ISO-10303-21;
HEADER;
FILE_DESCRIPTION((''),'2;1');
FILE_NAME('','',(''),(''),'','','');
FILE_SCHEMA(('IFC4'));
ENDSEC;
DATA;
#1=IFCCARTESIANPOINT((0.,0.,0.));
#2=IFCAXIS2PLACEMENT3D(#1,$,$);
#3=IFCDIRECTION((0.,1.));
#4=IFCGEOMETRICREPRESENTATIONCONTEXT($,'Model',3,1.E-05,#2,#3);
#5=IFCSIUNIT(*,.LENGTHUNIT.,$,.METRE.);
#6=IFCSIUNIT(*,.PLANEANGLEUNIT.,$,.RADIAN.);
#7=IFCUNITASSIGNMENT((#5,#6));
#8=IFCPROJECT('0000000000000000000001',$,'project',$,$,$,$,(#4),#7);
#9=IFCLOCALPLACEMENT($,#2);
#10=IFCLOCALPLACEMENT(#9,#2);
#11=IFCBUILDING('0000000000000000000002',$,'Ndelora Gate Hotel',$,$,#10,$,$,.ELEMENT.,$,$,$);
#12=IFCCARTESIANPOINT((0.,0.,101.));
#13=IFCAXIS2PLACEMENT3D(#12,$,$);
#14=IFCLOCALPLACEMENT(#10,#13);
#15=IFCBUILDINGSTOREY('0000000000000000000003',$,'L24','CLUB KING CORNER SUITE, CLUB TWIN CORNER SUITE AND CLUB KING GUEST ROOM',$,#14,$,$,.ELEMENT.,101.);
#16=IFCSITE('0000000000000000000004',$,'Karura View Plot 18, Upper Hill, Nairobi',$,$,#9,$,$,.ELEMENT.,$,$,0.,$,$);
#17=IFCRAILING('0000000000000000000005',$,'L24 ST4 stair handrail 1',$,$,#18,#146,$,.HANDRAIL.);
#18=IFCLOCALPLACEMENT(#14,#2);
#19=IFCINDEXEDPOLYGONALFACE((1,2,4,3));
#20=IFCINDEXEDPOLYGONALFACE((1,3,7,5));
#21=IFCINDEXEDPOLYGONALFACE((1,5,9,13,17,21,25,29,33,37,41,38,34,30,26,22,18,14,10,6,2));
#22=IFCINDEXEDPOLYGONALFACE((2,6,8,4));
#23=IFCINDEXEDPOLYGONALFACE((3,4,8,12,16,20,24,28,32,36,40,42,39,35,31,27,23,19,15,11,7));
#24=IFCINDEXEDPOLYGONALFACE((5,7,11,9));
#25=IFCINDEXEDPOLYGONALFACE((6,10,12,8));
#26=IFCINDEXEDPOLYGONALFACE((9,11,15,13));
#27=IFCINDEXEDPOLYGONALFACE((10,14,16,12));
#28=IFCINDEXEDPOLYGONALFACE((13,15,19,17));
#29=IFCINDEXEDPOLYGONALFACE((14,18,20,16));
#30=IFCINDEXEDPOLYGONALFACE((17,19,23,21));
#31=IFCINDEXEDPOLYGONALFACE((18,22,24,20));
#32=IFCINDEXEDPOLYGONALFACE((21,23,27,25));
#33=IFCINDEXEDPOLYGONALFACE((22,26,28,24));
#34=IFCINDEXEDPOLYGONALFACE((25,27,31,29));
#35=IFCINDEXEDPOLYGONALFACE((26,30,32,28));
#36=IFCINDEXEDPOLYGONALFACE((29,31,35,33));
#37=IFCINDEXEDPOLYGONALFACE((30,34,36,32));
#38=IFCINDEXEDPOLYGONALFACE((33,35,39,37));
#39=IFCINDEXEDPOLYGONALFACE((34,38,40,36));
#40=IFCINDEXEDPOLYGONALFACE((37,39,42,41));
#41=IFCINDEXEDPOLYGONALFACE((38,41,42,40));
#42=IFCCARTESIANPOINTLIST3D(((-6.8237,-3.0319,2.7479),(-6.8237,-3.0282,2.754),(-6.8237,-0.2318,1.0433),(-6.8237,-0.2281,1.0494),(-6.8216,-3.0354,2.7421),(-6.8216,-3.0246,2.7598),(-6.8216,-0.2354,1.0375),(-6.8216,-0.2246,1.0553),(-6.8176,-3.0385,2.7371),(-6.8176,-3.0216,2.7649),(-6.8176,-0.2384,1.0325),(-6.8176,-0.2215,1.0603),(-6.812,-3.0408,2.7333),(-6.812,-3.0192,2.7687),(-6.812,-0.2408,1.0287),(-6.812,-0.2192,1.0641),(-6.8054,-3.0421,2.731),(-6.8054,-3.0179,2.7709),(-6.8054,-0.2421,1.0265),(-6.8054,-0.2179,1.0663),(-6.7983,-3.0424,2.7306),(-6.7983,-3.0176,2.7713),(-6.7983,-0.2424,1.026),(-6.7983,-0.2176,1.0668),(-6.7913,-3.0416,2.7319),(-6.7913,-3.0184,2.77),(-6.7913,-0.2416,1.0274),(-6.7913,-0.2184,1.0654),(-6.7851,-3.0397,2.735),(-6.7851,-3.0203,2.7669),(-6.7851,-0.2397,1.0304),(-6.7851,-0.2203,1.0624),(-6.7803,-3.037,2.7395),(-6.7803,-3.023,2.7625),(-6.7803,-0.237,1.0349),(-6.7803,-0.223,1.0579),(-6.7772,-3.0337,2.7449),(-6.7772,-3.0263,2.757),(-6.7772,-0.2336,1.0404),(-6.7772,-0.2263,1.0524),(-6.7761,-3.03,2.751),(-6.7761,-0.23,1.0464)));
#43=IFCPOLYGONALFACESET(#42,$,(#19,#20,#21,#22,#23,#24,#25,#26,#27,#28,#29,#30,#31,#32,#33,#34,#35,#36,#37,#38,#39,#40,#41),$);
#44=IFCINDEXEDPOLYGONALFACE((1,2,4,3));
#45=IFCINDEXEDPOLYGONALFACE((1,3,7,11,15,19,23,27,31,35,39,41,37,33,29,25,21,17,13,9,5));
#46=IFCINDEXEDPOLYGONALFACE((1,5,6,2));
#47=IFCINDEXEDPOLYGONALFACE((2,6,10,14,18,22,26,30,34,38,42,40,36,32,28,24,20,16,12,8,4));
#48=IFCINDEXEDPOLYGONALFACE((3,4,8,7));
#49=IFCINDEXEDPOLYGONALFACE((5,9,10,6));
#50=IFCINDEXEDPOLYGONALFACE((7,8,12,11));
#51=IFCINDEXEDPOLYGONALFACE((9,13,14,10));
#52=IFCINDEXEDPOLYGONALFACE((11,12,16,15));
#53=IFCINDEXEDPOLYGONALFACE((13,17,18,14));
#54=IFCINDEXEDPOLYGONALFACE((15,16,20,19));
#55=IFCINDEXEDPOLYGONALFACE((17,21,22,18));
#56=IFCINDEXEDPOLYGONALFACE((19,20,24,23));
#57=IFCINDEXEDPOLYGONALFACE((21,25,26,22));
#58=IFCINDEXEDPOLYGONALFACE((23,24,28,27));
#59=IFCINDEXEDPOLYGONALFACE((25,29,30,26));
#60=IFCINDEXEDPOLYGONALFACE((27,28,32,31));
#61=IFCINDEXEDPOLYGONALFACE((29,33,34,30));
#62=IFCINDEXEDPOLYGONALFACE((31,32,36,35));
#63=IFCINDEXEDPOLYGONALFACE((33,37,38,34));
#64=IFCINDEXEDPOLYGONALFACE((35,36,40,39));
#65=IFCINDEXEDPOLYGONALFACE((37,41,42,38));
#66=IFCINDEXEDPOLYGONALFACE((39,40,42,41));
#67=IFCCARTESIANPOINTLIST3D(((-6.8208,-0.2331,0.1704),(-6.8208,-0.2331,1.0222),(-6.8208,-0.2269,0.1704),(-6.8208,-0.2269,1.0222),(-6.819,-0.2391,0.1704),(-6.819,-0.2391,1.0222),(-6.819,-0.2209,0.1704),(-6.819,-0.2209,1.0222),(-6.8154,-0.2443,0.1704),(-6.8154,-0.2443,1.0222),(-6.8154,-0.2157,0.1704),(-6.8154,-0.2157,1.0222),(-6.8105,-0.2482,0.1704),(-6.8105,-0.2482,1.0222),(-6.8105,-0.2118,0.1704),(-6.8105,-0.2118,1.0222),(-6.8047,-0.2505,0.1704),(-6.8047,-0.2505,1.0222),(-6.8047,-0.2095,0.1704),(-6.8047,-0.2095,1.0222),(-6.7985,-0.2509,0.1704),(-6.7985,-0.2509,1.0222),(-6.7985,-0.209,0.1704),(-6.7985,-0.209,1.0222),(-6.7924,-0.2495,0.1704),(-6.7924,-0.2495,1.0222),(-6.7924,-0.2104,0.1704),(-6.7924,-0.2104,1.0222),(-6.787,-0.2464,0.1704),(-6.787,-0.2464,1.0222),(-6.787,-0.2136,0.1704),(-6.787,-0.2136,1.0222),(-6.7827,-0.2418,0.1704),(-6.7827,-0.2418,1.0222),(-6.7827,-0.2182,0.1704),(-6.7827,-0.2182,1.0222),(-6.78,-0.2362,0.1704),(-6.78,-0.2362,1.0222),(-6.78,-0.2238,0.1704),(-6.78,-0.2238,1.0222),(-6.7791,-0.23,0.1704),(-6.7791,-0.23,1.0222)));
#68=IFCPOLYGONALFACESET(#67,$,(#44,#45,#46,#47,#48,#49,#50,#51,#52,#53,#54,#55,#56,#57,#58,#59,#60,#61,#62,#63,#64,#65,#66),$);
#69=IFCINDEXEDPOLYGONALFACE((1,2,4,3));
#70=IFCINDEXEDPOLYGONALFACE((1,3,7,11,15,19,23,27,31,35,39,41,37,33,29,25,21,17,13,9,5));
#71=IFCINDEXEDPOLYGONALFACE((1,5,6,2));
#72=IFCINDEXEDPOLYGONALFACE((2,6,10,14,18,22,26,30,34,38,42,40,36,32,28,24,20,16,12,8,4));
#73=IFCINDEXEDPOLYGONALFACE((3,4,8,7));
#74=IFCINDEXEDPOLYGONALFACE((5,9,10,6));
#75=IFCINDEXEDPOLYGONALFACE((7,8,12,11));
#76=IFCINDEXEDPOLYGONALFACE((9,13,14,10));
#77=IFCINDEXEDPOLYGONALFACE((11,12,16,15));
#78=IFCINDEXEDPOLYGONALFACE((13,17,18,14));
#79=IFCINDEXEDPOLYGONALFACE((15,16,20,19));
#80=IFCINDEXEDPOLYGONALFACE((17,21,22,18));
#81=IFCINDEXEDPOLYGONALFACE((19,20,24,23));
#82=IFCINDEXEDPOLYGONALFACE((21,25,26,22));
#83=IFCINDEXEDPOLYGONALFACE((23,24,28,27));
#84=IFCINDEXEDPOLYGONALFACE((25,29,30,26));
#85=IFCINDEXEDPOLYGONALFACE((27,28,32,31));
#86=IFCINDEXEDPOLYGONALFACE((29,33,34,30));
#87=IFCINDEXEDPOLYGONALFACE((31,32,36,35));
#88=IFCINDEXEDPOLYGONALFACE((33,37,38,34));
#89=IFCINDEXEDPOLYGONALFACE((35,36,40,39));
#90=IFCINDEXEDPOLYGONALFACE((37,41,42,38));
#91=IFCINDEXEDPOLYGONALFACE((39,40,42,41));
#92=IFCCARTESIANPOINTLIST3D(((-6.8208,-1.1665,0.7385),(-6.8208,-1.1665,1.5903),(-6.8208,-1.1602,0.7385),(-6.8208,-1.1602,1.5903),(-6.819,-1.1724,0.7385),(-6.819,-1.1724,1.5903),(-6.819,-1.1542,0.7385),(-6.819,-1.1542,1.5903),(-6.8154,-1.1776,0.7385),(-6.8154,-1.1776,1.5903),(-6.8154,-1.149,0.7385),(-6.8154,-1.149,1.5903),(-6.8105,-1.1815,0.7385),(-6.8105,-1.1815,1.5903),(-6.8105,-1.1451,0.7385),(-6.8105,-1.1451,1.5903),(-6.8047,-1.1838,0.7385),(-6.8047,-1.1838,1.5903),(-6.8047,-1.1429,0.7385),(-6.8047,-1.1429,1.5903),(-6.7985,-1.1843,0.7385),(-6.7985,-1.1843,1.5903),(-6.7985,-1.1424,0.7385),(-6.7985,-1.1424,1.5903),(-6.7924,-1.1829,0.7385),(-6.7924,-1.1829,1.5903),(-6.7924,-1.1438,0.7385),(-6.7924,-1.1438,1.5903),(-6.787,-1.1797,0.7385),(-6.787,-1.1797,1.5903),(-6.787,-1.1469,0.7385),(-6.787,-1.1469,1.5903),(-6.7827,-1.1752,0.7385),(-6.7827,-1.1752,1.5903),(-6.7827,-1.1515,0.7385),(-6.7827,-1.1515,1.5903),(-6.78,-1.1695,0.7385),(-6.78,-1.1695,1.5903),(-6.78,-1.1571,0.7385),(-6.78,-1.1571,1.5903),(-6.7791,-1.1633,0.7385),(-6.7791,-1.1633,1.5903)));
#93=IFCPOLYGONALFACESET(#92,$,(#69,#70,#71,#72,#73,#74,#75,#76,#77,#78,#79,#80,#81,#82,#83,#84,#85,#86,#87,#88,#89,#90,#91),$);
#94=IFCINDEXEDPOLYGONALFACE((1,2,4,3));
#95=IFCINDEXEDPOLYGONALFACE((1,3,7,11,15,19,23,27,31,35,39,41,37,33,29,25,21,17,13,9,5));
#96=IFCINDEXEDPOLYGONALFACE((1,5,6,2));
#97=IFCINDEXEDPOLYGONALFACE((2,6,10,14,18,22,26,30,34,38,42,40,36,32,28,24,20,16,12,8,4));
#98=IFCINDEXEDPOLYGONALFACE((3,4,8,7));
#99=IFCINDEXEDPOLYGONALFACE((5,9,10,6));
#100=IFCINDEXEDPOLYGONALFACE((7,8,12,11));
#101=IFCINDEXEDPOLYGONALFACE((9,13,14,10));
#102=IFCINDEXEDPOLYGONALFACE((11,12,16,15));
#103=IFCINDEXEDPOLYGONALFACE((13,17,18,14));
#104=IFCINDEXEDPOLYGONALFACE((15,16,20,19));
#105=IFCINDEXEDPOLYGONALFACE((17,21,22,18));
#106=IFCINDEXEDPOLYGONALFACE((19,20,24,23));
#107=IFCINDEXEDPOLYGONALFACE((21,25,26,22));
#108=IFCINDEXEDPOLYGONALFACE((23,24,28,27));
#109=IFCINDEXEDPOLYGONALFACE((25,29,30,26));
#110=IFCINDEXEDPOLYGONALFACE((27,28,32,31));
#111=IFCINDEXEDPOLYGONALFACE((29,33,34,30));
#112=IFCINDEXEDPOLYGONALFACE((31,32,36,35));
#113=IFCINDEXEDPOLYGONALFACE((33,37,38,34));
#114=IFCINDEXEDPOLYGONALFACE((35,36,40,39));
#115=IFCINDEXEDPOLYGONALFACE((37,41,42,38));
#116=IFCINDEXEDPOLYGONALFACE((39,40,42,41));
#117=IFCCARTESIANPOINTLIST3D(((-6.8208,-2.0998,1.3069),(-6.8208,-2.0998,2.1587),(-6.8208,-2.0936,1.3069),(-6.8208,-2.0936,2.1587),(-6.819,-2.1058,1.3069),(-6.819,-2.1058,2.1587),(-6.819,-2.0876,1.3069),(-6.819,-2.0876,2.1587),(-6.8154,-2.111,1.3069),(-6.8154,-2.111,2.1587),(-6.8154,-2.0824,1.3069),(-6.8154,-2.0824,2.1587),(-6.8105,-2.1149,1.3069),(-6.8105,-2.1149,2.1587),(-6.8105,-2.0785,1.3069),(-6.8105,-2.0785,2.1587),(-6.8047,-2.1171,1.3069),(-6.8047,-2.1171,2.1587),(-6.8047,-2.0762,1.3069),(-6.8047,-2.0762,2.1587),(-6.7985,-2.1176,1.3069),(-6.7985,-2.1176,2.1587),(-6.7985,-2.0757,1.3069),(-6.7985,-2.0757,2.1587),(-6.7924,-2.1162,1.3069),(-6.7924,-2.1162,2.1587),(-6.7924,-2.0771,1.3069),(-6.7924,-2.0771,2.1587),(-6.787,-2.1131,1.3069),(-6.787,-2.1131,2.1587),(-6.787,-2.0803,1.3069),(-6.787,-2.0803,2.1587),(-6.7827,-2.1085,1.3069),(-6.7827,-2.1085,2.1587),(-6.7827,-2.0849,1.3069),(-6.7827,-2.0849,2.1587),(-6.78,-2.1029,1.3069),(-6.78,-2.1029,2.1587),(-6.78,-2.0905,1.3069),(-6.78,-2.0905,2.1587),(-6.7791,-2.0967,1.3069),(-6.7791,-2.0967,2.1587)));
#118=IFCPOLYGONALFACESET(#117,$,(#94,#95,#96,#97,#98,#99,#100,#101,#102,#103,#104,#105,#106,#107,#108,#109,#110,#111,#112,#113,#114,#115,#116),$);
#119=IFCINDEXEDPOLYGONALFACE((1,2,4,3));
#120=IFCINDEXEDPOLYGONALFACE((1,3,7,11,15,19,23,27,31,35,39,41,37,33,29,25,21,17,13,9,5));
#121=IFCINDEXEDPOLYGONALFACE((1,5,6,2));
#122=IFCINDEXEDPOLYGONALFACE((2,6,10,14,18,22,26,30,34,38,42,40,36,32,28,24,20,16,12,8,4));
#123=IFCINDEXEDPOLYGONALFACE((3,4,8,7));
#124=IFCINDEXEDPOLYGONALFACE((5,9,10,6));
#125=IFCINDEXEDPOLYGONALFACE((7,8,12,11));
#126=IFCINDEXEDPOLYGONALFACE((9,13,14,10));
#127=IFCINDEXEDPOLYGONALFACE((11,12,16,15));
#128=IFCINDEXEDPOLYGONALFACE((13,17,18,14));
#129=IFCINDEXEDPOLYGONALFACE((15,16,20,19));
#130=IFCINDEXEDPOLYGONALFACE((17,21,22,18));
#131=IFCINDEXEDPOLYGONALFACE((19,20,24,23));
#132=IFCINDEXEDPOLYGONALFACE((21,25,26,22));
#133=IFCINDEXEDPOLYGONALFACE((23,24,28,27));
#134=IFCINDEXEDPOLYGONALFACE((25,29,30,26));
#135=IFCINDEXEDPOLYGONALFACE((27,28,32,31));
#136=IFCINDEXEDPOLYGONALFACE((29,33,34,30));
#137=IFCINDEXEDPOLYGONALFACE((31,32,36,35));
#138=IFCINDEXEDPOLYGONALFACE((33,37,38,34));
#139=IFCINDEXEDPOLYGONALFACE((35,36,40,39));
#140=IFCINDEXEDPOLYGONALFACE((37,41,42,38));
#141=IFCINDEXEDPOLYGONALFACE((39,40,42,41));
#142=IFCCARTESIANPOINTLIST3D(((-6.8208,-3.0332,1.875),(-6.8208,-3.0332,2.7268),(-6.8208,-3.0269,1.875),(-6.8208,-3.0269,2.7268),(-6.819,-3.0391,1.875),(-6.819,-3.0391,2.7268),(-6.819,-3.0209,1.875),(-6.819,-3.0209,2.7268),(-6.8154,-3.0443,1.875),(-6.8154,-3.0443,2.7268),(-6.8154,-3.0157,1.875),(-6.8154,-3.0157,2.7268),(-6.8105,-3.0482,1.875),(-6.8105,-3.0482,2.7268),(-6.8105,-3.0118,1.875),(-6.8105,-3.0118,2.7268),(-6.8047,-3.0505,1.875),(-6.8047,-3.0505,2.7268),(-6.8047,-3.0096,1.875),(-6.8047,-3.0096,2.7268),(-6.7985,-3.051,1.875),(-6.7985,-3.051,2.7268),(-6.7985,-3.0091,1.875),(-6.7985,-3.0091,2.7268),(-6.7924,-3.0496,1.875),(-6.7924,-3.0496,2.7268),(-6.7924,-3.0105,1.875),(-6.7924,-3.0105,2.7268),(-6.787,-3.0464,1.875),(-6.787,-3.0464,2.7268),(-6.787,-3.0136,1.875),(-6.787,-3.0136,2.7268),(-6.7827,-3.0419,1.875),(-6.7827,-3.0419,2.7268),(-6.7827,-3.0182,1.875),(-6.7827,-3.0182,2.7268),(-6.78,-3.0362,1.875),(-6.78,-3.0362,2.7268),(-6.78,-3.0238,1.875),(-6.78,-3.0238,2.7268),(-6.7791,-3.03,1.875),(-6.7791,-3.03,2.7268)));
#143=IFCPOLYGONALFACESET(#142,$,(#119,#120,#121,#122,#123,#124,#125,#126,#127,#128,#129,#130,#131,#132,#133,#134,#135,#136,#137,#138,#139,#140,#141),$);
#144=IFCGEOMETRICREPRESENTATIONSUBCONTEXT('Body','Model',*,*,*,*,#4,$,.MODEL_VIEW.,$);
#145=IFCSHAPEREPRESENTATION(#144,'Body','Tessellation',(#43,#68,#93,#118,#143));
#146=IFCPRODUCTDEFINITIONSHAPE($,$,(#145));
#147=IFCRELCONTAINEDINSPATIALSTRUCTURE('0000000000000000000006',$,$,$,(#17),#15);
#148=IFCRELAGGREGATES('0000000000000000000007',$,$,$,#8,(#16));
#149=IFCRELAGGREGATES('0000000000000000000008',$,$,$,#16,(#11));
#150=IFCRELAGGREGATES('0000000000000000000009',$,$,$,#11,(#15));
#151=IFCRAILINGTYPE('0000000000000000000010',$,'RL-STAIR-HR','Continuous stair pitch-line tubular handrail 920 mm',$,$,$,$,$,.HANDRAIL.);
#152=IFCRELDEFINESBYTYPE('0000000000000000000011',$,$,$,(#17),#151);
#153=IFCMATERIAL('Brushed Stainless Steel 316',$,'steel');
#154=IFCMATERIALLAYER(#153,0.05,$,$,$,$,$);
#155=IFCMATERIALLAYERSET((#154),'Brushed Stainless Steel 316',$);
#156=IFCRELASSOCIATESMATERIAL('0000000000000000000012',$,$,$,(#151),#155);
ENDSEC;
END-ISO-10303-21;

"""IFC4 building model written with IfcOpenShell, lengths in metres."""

from ifc_helpers import new_model, si_unit, direction, frame, origin, origin_2d, place, context, subcontext, project, spatial, circle, extrude, material, layer, layer_set, type_object, element, save


model = new_model("IFC4")

# Units and contexts
model_context = context("Model", 3, precision=1e-05, world=origin(), true_north=direction((0.0, 1.0)))
body_context = subcontext(model_context, "Body", "Model", "MODEL_VIEW")
ifc_project = project(units=[si_unit("LENGTHUNIT", "METRE"), si_unit("PLANEANGLEUNIT", "RADIAN")], contexts=[model_context])

# Site, building, storey
site_placement = place(None, origin())
site = spatial("IfcSite", under=ifc_project, at=site_placement, Name="Karura View Plot 18, Upper Hill, Nairobi", CompositionType="ELEMENT", RefElevation=0.0)
building_placement = place(site_placement, origin())
building = spatial("IfcBuilding", under=site, at=building_placement, Name="Ndelora Gate Hotel", CompositionType="ELEMENT")
storey_placement = place(building_placement, frame((0.0, 0.0, 101.0)))
storey = spatial("IfcBuildingStorey", under=building, at=storey_placement, Name="L24", Description="CLUB KING CORNER SUITE, CLUB TWIN CORNER SUITE AND CLUB KING GUEST ROOM", CompositionType="ELEMENT", Elevation=101.0)

# Railing
ifc_material_1 = material(Name="Brushed Stainless Steel 316", Category="steel")
ifc_layer_1 = layer(ifc_material_1, 0.05)
ifc_layer_set_1 = layer_set([ifc_layer_1], Name="Brushed Stainless Steel 316")
railing_type_1 = type_object("IfcRailingType", Name="RL-STAIR-HR", Description="Continuous stair pitch-line tubular handrail 920 mm", PredefinedType="HANDRAIL", material=ifc_layer_set_1)
railing_1_placement = place(storey_placement, frame((-6.8, -0.23, 0.1704)))
element("IfcRailing", 1, at=railing_1_placement, inside=storey, type_object=railing_type_1, Name="L24 ST4 stair handrail 1", PredefinedType="HANDRAIL", context=body_context, shape_type="SweptSolid", body=[
    extrude(circle(Radius=0.0239, at=origin_2d()), frame((0.0, 0.0, 0.876), z_axis=(0.0, -0.85417, 0.519994), x_axis=(1.0, 0.0, 0.0)), (0.0, 0.0, 1.0), 3.2781),
    extrude(circle(Radius=0.021, at=origin_2d()), origin(), (0.0, 0.0, 1.0), 0.8518),
    extrude(circle(Radius=0.021, at=origin_2d()), frame((0.0, -0.9333, 0.5681)), (0.0, 0.0, 1.0), 0.8518),
    extrude(circle(Radius=0.021, at=origin_2d()), frame((0.0, -1.8667, 1.1365)), (0.0, 0.0, 1.0), 0.8518),
    extrude(circle(Radius=0.021, at=origin_2d()), frame((0.0, -2.8, 1.7046)), (0.0, 0.0, 1.0), 0.8518),
])

save(model, "model.ifc")
